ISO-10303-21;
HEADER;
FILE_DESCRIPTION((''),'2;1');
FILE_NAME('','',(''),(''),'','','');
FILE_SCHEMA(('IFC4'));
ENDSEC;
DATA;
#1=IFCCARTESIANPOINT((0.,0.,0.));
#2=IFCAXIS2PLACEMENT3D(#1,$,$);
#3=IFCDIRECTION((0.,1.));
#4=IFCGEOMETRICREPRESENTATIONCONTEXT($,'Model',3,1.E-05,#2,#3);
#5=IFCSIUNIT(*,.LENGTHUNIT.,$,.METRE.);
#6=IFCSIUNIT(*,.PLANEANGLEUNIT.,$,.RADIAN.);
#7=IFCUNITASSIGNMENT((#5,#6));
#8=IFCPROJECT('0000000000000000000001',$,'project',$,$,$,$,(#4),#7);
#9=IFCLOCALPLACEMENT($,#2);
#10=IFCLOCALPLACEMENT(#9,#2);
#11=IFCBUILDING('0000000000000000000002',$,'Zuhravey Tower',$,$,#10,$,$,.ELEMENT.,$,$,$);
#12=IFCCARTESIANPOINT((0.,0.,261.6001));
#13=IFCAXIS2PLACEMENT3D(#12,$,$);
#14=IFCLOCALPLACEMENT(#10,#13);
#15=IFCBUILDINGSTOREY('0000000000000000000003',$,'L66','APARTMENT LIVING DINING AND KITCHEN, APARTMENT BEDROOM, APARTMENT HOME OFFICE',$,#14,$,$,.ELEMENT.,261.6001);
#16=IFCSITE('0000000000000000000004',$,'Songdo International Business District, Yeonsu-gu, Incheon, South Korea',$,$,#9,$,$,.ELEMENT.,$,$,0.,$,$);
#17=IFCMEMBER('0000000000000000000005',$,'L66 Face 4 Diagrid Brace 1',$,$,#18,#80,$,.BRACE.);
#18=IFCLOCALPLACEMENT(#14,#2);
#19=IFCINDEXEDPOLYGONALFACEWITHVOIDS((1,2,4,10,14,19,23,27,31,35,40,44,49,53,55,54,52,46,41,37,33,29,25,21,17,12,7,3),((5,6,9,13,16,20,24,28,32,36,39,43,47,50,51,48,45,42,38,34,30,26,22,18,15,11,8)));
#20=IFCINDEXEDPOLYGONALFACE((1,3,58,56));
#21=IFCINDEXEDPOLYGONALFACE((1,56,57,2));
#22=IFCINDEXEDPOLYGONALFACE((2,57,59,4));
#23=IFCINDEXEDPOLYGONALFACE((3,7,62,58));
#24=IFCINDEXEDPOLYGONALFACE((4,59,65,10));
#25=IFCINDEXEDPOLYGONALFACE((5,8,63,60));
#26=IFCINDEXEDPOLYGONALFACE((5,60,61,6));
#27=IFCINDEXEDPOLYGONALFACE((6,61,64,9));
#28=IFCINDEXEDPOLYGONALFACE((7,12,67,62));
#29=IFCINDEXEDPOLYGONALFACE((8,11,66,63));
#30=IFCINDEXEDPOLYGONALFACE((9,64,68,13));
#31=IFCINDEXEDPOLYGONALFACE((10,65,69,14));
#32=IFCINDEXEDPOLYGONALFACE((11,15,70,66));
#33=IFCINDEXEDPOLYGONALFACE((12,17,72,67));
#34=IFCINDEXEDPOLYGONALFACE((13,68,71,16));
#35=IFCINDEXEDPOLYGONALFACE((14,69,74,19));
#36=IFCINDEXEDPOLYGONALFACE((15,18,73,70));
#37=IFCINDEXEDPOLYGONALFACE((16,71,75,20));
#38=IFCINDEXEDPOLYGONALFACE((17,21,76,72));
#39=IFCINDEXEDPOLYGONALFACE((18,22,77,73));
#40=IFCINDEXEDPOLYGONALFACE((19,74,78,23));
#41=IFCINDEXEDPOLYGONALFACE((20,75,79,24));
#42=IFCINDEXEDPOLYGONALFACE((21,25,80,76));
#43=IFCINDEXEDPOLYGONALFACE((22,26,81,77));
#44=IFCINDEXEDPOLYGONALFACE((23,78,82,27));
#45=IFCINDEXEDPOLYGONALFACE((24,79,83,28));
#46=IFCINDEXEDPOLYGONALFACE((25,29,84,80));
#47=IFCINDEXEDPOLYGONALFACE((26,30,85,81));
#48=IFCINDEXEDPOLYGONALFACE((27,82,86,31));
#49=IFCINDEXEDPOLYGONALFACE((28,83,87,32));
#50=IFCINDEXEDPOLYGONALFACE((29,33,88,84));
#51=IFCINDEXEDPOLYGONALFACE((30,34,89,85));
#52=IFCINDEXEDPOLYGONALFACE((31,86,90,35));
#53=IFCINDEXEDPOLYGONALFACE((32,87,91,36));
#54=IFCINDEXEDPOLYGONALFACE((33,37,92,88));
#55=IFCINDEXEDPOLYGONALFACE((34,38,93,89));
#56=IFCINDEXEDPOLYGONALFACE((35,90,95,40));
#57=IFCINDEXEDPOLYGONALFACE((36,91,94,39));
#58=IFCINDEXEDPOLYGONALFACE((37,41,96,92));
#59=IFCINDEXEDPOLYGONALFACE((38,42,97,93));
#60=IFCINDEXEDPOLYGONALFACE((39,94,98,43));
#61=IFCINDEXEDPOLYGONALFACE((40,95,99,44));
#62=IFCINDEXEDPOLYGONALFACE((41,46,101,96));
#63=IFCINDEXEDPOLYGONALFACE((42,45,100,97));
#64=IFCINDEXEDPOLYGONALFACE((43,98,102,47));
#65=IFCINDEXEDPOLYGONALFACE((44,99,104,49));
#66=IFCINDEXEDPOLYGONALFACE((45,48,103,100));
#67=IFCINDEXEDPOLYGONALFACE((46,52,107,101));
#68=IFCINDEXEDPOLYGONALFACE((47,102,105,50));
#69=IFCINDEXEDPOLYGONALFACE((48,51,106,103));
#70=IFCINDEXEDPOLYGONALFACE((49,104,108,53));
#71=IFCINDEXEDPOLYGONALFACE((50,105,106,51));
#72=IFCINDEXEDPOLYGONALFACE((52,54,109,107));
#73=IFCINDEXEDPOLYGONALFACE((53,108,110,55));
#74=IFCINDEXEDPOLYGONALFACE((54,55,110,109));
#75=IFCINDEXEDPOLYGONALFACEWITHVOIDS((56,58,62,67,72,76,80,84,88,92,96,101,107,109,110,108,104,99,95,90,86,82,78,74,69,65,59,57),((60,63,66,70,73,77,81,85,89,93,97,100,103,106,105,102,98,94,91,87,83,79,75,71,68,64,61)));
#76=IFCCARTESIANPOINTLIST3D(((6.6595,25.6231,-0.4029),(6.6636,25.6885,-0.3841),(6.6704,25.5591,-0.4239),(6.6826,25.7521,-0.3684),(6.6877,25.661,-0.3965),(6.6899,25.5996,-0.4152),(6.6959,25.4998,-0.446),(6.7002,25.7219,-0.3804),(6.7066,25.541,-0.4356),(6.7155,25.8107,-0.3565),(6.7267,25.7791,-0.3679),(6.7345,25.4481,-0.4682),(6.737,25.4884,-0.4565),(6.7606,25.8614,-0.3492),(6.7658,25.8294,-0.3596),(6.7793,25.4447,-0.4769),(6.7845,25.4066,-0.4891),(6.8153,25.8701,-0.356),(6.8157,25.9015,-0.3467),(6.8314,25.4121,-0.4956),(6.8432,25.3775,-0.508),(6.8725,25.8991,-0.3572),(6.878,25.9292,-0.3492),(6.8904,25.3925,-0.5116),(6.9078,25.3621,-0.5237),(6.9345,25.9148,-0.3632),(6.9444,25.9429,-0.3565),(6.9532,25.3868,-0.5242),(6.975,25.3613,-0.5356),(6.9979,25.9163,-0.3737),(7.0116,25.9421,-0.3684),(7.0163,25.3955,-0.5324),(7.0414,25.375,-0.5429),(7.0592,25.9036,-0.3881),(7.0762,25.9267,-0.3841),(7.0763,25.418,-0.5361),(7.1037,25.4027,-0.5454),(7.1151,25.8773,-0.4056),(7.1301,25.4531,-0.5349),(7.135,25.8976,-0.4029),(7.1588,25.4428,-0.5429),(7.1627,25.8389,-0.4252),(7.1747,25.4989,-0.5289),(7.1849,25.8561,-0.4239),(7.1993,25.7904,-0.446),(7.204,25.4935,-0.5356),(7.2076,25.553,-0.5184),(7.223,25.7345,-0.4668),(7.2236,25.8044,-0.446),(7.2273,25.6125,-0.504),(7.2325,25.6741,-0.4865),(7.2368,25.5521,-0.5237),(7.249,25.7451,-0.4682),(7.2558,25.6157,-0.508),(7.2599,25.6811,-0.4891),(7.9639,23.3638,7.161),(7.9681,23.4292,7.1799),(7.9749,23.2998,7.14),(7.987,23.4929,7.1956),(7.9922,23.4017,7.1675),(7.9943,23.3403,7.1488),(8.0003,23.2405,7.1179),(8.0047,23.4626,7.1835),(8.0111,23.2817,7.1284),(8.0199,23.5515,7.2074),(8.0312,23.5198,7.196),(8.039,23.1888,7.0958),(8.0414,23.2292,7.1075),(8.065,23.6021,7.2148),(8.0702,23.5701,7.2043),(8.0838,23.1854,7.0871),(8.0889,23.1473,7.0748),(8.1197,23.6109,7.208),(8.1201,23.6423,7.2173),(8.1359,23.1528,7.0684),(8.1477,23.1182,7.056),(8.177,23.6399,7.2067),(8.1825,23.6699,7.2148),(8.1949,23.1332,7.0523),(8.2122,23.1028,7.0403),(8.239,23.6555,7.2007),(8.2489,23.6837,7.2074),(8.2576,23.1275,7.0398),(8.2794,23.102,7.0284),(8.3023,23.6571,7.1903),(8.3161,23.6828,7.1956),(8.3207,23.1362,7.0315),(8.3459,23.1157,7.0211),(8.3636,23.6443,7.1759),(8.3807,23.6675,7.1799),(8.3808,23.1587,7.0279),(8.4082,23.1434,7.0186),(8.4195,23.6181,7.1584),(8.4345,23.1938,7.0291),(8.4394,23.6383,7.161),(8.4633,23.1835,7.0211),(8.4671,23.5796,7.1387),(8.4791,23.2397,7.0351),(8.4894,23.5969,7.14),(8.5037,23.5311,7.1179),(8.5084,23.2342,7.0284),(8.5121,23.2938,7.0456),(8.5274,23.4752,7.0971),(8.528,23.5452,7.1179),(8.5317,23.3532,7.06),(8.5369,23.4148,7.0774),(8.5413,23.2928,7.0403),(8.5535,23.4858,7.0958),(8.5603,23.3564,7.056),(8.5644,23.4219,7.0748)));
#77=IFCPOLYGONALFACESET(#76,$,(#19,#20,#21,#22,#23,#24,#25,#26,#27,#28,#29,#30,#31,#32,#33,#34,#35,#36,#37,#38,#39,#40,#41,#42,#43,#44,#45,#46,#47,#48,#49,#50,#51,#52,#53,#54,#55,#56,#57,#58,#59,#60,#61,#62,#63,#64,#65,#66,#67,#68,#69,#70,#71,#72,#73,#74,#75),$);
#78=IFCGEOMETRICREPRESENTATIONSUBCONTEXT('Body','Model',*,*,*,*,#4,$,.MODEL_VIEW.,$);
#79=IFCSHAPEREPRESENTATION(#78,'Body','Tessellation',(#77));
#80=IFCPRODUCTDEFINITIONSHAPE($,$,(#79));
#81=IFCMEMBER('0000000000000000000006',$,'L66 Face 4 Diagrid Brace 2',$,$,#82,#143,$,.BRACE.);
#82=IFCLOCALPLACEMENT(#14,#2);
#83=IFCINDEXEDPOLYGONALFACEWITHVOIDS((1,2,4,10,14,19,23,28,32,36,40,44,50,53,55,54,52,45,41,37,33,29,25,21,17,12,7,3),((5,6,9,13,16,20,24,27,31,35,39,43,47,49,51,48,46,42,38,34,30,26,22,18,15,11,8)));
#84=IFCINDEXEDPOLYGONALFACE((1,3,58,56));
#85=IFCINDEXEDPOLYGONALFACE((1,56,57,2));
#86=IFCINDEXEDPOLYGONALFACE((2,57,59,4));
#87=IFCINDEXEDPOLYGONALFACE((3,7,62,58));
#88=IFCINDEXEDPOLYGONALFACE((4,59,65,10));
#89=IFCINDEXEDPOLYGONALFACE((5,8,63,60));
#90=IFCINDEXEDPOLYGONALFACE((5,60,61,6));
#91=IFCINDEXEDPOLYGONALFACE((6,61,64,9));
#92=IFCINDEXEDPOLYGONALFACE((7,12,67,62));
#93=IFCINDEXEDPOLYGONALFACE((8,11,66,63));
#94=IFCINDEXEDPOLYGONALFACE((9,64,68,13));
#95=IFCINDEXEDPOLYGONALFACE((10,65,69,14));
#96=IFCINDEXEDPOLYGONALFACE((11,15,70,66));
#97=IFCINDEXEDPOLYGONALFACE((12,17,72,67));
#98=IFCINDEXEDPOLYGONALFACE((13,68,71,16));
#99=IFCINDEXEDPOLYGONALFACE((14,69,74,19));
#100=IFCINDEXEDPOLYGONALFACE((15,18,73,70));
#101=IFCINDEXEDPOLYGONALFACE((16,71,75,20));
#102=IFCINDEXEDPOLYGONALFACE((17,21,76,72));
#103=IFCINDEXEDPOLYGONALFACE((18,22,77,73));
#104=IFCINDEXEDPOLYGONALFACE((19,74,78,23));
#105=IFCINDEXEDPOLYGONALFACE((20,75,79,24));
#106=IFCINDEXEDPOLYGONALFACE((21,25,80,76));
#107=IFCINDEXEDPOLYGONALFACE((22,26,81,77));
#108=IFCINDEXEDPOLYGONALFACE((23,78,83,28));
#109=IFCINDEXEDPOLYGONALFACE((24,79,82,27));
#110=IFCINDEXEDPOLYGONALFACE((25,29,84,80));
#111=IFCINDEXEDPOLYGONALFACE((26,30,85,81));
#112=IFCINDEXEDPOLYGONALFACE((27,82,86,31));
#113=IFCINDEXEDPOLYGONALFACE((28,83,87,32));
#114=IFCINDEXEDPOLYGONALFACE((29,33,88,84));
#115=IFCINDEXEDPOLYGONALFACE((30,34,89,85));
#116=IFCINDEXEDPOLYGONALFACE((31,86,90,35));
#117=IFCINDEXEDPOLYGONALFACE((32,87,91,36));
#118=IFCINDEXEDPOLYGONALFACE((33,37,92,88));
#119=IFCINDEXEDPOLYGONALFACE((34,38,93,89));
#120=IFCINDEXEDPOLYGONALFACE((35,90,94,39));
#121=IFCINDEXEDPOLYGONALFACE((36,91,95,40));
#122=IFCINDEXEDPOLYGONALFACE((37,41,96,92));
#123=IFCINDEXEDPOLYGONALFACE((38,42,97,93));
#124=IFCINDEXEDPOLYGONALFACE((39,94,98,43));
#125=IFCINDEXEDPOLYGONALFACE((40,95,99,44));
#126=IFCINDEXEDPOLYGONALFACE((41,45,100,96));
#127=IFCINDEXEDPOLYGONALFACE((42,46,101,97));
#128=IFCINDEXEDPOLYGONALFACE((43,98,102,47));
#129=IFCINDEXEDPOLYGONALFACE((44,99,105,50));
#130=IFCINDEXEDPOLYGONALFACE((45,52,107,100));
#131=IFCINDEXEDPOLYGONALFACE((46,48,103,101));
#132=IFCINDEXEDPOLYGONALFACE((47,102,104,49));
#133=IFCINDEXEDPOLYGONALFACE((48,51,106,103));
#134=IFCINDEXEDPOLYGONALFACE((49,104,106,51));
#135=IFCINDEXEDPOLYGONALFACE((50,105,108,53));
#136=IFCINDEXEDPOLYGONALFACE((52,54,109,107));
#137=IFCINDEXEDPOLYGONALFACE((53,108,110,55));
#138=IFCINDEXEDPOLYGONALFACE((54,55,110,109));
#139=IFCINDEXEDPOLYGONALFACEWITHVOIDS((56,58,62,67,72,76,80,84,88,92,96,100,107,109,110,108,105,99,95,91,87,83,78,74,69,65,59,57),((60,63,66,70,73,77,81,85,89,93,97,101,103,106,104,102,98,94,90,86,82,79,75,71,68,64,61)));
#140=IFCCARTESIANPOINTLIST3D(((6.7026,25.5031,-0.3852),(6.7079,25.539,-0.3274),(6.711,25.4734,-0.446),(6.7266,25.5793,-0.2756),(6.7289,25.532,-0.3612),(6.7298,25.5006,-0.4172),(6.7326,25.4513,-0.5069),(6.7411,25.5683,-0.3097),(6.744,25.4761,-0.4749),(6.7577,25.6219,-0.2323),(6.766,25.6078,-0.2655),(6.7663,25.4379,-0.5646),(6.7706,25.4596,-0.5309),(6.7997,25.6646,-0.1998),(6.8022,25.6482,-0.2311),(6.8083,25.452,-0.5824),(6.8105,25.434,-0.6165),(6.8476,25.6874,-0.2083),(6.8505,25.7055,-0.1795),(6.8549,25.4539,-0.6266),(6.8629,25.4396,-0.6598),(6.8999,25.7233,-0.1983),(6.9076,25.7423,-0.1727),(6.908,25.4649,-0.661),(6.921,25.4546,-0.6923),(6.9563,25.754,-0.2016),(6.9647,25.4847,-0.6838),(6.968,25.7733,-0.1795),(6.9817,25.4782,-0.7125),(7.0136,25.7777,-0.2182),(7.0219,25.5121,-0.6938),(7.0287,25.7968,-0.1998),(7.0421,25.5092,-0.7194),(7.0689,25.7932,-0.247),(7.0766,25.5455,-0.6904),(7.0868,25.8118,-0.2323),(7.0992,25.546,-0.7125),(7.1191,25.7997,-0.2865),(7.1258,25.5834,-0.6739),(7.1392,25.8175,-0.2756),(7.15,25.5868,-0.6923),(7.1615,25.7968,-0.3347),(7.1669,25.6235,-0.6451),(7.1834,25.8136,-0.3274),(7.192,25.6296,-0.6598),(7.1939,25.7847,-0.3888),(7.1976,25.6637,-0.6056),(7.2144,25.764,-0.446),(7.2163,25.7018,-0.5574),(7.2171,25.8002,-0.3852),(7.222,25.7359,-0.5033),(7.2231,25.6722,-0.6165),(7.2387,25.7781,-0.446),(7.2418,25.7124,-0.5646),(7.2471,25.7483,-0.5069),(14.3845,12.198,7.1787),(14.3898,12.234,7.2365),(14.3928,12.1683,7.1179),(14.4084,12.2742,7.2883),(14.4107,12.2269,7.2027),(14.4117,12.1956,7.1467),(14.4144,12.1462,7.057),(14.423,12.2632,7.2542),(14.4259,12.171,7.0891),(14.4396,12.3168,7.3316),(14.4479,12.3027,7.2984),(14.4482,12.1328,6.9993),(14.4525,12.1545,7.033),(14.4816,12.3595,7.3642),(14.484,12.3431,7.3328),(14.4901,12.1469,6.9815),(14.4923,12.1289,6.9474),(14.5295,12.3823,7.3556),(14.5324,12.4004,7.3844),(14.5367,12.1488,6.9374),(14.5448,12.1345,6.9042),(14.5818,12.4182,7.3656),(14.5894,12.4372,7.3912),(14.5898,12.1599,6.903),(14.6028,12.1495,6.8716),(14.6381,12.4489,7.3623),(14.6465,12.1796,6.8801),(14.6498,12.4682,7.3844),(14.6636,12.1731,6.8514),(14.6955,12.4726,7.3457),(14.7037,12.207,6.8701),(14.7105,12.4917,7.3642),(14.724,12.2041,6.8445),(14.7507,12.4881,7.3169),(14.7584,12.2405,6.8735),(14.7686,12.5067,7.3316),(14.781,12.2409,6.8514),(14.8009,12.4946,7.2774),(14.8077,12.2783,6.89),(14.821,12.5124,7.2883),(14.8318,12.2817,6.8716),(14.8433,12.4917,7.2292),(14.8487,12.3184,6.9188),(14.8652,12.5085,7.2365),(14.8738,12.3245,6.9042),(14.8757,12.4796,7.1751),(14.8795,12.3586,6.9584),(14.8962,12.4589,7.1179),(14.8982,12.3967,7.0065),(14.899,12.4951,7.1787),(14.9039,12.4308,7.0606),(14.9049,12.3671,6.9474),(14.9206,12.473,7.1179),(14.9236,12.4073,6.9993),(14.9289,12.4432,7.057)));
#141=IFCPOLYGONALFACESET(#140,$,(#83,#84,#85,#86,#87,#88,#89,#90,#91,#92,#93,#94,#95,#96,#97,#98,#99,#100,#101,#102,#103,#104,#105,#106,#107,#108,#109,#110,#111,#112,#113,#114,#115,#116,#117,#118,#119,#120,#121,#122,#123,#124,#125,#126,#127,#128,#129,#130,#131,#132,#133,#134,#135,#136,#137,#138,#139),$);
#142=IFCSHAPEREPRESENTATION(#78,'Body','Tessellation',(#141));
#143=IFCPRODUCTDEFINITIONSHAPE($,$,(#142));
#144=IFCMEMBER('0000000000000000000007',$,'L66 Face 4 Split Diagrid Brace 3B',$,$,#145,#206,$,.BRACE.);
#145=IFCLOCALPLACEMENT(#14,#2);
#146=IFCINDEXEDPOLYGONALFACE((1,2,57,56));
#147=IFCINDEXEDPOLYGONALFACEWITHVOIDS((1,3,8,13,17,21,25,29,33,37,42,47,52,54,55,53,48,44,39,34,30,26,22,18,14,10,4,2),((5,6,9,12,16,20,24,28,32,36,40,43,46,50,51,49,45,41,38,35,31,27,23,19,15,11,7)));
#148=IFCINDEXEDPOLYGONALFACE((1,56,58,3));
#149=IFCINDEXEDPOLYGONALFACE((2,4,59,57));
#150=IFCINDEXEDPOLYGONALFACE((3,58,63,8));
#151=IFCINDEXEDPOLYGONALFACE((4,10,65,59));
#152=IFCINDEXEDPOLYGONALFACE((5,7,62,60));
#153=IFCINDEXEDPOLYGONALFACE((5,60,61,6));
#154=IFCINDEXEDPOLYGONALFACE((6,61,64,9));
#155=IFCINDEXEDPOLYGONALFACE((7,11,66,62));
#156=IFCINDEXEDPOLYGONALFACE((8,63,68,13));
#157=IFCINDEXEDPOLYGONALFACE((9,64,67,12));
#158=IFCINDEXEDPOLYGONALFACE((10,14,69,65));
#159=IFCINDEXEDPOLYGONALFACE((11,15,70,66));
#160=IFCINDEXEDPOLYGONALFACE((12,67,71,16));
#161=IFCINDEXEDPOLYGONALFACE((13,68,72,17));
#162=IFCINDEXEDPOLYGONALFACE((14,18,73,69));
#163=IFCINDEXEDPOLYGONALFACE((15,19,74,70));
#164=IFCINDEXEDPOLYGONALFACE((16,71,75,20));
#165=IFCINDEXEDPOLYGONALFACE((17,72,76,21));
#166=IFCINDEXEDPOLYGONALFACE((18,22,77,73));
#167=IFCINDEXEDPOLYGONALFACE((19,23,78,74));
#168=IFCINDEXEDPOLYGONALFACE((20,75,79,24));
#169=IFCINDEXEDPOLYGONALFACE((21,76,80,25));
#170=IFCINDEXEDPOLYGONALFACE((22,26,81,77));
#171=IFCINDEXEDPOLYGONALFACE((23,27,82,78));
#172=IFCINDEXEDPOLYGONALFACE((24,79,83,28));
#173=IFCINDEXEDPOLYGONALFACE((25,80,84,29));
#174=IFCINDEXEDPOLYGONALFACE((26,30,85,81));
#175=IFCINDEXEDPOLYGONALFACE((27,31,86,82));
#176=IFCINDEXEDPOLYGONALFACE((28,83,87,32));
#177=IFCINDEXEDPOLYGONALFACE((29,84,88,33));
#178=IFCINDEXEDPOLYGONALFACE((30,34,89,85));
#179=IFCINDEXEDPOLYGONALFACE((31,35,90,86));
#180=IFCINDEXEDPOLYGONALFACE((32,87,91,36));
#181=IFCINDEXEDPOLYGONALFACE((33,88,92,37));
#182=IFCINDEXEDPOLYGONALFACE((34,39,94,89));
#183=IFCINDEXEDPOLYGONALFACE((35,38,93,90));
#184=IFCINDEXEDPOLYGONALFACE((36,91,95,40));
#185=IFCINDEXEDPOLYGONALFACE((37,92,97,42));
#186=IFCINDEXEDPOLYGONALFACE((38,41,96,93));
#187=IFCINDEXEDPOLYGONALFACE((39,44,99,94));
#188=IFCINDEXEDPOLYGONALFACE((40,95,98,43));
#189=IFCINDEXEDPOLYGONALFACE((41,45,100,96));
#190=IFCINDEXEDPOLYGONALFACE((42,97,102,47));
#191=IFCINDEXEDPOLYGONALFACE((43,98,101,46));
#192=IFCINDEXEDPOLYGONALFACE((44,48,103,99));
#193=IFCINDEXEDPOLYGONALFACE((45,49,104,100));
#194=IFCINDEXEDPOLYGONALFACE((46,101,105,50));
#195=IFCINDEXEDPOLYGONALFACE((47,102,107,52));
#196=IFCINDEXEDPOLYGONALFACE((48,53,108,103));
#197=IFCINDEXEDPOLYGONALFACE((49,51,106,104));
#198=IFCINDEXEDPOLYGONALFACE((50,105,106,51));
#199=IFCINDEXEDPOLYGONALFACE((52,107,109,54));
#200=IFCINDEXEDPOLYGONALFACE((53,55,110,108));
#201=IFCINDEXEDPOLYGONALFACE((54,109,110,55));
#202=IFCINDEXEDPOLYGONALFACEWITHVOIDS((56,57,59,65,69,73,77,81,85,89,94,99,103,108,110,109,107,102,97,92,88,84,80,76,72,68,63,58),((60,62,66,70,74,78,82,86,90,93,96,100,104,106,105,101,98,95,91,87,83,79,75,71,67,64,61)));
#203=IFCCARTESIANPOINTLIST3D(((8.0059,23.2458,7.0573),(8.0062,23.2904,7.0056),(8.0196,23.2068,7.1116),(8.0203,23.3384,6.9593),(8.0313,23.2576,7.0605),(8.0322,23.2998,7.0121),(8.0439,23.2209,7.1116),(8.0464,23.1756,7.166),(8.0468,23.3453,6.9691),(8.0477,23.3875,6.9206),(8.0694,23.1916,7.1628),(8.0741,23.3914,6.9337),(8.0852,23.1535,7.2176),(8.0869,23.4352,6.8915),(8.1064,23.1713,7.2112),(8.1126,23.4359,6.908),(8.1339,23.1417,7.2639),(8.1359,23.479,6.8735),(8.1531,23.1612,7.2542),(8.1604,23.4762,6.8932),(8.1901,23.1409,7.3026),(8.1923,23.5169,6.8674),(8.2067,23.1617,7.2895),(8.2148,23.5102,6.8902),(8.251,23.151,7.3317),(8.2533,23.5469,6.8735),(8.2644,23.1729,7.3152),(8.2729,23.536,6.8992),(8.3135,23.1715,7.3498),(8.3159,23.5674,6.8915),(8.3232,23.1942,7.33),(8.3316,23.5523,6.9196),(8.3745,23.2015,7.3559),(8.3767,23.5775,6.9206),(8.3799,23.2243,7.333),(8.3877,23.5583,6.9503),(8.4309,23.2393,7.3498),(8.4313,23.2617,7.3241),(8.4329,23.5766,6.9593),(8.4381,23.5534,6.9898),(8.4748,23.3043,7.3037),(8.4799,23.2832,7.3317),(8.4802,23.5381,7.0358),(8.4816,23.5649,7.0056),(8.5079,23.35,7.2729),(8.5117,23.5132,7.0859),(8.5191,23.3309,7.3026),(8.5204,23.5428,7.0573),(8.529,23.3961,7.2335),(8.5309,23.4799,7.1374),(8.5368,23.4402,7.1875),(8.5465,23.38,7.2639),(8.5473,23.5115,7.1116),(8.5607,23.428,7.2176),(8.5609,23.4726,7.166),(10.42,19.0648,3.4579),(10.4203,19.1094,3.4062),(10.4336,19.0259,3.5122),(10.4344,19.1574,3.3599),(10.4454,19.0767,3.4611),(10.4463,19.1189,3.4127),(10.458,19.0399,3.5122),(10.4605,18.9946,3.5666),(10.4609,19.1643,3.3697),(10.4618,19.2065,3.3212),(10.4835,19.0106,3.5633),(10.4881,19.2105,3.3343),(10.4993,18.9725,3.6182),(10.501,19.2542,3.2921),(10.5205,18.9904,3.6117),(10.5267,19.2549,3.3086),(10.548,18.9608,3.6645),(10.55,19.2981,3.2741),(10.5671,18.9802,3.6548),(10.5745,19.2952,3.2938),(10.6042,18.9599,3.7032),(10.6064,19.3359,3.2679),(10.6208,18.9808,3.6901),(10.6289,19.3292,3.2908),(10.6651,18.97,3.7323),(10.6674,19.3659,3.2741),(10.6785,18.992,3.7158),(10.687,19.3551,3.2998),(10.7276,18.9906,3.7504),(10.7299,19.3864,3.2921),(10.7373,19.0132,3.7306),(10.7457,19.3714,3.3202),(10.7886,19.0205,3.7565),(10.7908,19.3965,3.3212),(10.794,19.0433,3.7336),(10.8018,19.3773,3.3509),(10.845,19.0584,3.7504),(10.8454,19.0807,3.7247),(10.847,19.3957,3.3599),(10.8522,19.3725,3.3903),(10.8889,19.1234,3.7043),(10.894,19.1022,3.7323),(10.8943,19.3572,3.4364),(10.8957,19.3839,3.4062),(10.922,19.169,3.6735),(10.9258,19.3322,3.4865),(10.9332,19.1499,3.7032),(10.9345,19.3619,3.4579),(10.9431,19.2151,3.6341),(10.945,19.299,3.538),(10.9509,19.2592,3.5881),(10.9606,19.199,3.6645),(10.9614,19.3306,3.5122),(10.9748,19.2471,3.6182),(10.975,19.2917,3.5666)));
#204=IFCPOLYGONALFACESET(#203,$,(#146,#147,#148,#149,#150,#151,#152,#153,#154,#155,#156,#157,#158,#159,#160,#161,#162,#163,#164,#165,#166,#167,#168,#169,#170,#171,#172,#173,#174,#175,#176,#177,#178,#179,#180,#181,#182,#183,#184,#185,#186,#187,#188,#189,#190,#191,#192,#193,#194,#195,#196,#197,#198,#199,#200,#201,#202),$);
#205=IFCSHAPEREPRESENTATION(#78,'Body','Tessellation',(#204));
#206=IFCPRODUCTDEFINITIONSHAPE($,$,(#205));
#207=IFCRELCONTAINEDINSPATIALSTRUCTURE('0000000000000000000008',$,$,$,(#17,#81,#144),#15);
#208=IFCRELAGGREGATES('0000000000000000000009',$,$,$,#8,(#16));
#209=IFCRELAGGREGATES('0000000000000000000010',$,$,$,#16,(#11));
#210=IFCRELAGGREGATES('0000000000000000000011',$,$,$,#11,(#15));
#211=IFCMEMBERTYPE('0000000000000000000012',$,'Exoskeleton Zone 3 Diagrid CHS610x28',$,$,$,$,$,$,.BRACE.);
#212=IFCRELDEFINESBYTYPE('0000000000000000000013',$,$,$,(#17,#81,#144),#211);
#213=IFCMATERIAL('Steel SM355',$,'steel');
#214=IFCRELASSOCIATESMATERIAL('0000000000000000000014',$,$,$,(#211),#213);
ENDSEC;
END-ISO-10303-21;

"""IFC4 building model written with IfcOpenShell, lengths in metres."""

from ifc_helpers import new_model, si_unit, direction, frame, origin, origin_2d, place, context, subcontext, project, spatial, hollow_circle, extrude, material, material_profile, profile_set, type_object, element, save


model = new_model("IFC4")

# Units and contexts
model_context = context("Model", 3, precision=1e-05, world=origin(), true_north=direction((0.0, 1.0)))
body_context = subcontext(model_context, "Body", "Model", "MODEL_VIEW")
ifc_project = project(units=[si_unit("LENGTHUNIT", "METRE"), si_unit("PLANEANGLEUNIT", "RADIAN")], contexts=[model_context])

# Site, building, storey
site_placement = place(None, origin())
site = spatial("IfcSite", under=ifc_project, at=site_placement, Name="Songdo International Business District, Yeonsu-gu, Incheon, South Korea", CompositionType="ELEMENT", RefElevation=0.0)
building_placement = place(site_placement, origin())
building = spatial("IfcBuilding", under=site, at=building_placement, Name="Zuhravey Tower", CompositionType="ELEMENT")
storey_placement = place(building_placement, frame((0.0, 0.0, 261.6001)))
storey = spatial("IfcBuildingStorey", under=building, at=storey_placement, Name="L66", Description="APARTMENT LIVING DINING AND KITCHEN, APARTMENT BEDROOM, APARTMENT HOME OFFICE", CompositionType="ELEMENT", Elevation=261.6001)

# Members
ifc_material_1 = material(Name="Steel SM355", Category="steel")
ifc_material_profile_1 = material_profile(ifc_material_1, hollow_circle(Radius=0.3047, WallThickness=0.0281, at=origin_2d()), Name="CHS-609.6x28")
ifc_profile_set_1 = profile_set([ifc_material_profile_1], Name="Steel SM355")
member_type_1 = type_object("IfcMemberType", Name="Exoskeleton Zone 3 Diagrid CHS610x28", PredefinedType="BRACE", material=ifc_profile_set_1)
member_1_placement = place(storey_placement, frame((6.9597, 25.6521, -0.446), z_axis=(0.163031, -0.282367, 0.945352), x_axis=(0.866017, 0.500014, 0.0)))
element("IfcMember", 1, at=member_1_placement, inside=storey, type_object=member_type_1, Name="L66 Face 4 Diagrid Brace 1", PredefinedType="BRACE", context=body_context, shape_type="SweptSolid", body=[
    extrude(hollow_circle(Radius=0.3047, WallThickness=0.0281, at=origin_2d()), origin(), (0.0, 0.0, 1.0), 8.0012),
])
member_2_placement = place(storey_placement, frame((6.9749, 25.6257, -0.446), z_axis=(0.448587, -0.776962, 0.441701), x_axis=(0.866022, 0.500007, 0.0)))
element("IfcMember", 2, at=member_2_placement, inside=storey, type_object=member_type_1, Name="L66 Face 4 Diagrid Brace 2", PredefinedType="BRACE", context=body_context, shape_type="SweptSolid", body=[
    extrude(hollow_circle(Radius=0.3047, WallThickness=0.0281, at=origin_2d()), origin(), (0.0, 0.0, 1.0), 17.1245),
])
member_3_placement = place(storey_placement, frame((10.6975, 19.1782, 3.5122), z_axis=(-0.400881, 0.694285, 0.597714), x_axis=(-0.866006, -0.500033, 0.0)))
element("IfcMember", 3, at=member_3_placement, inside=storey, type_object=member_type_1, Name="L66 Face 4 Split Diagrid Brace 3B", PredefinedType="BRACE", context=body_context, shape_type="SweptSolid", body=[
    extrude(hollow_circle(Radius=0.3047, WallThickness=0.0281, at=origin_2d()), origin(), (0.0, 0.0, 1.0), 6.022),
])

save(model, "model.ifc")
